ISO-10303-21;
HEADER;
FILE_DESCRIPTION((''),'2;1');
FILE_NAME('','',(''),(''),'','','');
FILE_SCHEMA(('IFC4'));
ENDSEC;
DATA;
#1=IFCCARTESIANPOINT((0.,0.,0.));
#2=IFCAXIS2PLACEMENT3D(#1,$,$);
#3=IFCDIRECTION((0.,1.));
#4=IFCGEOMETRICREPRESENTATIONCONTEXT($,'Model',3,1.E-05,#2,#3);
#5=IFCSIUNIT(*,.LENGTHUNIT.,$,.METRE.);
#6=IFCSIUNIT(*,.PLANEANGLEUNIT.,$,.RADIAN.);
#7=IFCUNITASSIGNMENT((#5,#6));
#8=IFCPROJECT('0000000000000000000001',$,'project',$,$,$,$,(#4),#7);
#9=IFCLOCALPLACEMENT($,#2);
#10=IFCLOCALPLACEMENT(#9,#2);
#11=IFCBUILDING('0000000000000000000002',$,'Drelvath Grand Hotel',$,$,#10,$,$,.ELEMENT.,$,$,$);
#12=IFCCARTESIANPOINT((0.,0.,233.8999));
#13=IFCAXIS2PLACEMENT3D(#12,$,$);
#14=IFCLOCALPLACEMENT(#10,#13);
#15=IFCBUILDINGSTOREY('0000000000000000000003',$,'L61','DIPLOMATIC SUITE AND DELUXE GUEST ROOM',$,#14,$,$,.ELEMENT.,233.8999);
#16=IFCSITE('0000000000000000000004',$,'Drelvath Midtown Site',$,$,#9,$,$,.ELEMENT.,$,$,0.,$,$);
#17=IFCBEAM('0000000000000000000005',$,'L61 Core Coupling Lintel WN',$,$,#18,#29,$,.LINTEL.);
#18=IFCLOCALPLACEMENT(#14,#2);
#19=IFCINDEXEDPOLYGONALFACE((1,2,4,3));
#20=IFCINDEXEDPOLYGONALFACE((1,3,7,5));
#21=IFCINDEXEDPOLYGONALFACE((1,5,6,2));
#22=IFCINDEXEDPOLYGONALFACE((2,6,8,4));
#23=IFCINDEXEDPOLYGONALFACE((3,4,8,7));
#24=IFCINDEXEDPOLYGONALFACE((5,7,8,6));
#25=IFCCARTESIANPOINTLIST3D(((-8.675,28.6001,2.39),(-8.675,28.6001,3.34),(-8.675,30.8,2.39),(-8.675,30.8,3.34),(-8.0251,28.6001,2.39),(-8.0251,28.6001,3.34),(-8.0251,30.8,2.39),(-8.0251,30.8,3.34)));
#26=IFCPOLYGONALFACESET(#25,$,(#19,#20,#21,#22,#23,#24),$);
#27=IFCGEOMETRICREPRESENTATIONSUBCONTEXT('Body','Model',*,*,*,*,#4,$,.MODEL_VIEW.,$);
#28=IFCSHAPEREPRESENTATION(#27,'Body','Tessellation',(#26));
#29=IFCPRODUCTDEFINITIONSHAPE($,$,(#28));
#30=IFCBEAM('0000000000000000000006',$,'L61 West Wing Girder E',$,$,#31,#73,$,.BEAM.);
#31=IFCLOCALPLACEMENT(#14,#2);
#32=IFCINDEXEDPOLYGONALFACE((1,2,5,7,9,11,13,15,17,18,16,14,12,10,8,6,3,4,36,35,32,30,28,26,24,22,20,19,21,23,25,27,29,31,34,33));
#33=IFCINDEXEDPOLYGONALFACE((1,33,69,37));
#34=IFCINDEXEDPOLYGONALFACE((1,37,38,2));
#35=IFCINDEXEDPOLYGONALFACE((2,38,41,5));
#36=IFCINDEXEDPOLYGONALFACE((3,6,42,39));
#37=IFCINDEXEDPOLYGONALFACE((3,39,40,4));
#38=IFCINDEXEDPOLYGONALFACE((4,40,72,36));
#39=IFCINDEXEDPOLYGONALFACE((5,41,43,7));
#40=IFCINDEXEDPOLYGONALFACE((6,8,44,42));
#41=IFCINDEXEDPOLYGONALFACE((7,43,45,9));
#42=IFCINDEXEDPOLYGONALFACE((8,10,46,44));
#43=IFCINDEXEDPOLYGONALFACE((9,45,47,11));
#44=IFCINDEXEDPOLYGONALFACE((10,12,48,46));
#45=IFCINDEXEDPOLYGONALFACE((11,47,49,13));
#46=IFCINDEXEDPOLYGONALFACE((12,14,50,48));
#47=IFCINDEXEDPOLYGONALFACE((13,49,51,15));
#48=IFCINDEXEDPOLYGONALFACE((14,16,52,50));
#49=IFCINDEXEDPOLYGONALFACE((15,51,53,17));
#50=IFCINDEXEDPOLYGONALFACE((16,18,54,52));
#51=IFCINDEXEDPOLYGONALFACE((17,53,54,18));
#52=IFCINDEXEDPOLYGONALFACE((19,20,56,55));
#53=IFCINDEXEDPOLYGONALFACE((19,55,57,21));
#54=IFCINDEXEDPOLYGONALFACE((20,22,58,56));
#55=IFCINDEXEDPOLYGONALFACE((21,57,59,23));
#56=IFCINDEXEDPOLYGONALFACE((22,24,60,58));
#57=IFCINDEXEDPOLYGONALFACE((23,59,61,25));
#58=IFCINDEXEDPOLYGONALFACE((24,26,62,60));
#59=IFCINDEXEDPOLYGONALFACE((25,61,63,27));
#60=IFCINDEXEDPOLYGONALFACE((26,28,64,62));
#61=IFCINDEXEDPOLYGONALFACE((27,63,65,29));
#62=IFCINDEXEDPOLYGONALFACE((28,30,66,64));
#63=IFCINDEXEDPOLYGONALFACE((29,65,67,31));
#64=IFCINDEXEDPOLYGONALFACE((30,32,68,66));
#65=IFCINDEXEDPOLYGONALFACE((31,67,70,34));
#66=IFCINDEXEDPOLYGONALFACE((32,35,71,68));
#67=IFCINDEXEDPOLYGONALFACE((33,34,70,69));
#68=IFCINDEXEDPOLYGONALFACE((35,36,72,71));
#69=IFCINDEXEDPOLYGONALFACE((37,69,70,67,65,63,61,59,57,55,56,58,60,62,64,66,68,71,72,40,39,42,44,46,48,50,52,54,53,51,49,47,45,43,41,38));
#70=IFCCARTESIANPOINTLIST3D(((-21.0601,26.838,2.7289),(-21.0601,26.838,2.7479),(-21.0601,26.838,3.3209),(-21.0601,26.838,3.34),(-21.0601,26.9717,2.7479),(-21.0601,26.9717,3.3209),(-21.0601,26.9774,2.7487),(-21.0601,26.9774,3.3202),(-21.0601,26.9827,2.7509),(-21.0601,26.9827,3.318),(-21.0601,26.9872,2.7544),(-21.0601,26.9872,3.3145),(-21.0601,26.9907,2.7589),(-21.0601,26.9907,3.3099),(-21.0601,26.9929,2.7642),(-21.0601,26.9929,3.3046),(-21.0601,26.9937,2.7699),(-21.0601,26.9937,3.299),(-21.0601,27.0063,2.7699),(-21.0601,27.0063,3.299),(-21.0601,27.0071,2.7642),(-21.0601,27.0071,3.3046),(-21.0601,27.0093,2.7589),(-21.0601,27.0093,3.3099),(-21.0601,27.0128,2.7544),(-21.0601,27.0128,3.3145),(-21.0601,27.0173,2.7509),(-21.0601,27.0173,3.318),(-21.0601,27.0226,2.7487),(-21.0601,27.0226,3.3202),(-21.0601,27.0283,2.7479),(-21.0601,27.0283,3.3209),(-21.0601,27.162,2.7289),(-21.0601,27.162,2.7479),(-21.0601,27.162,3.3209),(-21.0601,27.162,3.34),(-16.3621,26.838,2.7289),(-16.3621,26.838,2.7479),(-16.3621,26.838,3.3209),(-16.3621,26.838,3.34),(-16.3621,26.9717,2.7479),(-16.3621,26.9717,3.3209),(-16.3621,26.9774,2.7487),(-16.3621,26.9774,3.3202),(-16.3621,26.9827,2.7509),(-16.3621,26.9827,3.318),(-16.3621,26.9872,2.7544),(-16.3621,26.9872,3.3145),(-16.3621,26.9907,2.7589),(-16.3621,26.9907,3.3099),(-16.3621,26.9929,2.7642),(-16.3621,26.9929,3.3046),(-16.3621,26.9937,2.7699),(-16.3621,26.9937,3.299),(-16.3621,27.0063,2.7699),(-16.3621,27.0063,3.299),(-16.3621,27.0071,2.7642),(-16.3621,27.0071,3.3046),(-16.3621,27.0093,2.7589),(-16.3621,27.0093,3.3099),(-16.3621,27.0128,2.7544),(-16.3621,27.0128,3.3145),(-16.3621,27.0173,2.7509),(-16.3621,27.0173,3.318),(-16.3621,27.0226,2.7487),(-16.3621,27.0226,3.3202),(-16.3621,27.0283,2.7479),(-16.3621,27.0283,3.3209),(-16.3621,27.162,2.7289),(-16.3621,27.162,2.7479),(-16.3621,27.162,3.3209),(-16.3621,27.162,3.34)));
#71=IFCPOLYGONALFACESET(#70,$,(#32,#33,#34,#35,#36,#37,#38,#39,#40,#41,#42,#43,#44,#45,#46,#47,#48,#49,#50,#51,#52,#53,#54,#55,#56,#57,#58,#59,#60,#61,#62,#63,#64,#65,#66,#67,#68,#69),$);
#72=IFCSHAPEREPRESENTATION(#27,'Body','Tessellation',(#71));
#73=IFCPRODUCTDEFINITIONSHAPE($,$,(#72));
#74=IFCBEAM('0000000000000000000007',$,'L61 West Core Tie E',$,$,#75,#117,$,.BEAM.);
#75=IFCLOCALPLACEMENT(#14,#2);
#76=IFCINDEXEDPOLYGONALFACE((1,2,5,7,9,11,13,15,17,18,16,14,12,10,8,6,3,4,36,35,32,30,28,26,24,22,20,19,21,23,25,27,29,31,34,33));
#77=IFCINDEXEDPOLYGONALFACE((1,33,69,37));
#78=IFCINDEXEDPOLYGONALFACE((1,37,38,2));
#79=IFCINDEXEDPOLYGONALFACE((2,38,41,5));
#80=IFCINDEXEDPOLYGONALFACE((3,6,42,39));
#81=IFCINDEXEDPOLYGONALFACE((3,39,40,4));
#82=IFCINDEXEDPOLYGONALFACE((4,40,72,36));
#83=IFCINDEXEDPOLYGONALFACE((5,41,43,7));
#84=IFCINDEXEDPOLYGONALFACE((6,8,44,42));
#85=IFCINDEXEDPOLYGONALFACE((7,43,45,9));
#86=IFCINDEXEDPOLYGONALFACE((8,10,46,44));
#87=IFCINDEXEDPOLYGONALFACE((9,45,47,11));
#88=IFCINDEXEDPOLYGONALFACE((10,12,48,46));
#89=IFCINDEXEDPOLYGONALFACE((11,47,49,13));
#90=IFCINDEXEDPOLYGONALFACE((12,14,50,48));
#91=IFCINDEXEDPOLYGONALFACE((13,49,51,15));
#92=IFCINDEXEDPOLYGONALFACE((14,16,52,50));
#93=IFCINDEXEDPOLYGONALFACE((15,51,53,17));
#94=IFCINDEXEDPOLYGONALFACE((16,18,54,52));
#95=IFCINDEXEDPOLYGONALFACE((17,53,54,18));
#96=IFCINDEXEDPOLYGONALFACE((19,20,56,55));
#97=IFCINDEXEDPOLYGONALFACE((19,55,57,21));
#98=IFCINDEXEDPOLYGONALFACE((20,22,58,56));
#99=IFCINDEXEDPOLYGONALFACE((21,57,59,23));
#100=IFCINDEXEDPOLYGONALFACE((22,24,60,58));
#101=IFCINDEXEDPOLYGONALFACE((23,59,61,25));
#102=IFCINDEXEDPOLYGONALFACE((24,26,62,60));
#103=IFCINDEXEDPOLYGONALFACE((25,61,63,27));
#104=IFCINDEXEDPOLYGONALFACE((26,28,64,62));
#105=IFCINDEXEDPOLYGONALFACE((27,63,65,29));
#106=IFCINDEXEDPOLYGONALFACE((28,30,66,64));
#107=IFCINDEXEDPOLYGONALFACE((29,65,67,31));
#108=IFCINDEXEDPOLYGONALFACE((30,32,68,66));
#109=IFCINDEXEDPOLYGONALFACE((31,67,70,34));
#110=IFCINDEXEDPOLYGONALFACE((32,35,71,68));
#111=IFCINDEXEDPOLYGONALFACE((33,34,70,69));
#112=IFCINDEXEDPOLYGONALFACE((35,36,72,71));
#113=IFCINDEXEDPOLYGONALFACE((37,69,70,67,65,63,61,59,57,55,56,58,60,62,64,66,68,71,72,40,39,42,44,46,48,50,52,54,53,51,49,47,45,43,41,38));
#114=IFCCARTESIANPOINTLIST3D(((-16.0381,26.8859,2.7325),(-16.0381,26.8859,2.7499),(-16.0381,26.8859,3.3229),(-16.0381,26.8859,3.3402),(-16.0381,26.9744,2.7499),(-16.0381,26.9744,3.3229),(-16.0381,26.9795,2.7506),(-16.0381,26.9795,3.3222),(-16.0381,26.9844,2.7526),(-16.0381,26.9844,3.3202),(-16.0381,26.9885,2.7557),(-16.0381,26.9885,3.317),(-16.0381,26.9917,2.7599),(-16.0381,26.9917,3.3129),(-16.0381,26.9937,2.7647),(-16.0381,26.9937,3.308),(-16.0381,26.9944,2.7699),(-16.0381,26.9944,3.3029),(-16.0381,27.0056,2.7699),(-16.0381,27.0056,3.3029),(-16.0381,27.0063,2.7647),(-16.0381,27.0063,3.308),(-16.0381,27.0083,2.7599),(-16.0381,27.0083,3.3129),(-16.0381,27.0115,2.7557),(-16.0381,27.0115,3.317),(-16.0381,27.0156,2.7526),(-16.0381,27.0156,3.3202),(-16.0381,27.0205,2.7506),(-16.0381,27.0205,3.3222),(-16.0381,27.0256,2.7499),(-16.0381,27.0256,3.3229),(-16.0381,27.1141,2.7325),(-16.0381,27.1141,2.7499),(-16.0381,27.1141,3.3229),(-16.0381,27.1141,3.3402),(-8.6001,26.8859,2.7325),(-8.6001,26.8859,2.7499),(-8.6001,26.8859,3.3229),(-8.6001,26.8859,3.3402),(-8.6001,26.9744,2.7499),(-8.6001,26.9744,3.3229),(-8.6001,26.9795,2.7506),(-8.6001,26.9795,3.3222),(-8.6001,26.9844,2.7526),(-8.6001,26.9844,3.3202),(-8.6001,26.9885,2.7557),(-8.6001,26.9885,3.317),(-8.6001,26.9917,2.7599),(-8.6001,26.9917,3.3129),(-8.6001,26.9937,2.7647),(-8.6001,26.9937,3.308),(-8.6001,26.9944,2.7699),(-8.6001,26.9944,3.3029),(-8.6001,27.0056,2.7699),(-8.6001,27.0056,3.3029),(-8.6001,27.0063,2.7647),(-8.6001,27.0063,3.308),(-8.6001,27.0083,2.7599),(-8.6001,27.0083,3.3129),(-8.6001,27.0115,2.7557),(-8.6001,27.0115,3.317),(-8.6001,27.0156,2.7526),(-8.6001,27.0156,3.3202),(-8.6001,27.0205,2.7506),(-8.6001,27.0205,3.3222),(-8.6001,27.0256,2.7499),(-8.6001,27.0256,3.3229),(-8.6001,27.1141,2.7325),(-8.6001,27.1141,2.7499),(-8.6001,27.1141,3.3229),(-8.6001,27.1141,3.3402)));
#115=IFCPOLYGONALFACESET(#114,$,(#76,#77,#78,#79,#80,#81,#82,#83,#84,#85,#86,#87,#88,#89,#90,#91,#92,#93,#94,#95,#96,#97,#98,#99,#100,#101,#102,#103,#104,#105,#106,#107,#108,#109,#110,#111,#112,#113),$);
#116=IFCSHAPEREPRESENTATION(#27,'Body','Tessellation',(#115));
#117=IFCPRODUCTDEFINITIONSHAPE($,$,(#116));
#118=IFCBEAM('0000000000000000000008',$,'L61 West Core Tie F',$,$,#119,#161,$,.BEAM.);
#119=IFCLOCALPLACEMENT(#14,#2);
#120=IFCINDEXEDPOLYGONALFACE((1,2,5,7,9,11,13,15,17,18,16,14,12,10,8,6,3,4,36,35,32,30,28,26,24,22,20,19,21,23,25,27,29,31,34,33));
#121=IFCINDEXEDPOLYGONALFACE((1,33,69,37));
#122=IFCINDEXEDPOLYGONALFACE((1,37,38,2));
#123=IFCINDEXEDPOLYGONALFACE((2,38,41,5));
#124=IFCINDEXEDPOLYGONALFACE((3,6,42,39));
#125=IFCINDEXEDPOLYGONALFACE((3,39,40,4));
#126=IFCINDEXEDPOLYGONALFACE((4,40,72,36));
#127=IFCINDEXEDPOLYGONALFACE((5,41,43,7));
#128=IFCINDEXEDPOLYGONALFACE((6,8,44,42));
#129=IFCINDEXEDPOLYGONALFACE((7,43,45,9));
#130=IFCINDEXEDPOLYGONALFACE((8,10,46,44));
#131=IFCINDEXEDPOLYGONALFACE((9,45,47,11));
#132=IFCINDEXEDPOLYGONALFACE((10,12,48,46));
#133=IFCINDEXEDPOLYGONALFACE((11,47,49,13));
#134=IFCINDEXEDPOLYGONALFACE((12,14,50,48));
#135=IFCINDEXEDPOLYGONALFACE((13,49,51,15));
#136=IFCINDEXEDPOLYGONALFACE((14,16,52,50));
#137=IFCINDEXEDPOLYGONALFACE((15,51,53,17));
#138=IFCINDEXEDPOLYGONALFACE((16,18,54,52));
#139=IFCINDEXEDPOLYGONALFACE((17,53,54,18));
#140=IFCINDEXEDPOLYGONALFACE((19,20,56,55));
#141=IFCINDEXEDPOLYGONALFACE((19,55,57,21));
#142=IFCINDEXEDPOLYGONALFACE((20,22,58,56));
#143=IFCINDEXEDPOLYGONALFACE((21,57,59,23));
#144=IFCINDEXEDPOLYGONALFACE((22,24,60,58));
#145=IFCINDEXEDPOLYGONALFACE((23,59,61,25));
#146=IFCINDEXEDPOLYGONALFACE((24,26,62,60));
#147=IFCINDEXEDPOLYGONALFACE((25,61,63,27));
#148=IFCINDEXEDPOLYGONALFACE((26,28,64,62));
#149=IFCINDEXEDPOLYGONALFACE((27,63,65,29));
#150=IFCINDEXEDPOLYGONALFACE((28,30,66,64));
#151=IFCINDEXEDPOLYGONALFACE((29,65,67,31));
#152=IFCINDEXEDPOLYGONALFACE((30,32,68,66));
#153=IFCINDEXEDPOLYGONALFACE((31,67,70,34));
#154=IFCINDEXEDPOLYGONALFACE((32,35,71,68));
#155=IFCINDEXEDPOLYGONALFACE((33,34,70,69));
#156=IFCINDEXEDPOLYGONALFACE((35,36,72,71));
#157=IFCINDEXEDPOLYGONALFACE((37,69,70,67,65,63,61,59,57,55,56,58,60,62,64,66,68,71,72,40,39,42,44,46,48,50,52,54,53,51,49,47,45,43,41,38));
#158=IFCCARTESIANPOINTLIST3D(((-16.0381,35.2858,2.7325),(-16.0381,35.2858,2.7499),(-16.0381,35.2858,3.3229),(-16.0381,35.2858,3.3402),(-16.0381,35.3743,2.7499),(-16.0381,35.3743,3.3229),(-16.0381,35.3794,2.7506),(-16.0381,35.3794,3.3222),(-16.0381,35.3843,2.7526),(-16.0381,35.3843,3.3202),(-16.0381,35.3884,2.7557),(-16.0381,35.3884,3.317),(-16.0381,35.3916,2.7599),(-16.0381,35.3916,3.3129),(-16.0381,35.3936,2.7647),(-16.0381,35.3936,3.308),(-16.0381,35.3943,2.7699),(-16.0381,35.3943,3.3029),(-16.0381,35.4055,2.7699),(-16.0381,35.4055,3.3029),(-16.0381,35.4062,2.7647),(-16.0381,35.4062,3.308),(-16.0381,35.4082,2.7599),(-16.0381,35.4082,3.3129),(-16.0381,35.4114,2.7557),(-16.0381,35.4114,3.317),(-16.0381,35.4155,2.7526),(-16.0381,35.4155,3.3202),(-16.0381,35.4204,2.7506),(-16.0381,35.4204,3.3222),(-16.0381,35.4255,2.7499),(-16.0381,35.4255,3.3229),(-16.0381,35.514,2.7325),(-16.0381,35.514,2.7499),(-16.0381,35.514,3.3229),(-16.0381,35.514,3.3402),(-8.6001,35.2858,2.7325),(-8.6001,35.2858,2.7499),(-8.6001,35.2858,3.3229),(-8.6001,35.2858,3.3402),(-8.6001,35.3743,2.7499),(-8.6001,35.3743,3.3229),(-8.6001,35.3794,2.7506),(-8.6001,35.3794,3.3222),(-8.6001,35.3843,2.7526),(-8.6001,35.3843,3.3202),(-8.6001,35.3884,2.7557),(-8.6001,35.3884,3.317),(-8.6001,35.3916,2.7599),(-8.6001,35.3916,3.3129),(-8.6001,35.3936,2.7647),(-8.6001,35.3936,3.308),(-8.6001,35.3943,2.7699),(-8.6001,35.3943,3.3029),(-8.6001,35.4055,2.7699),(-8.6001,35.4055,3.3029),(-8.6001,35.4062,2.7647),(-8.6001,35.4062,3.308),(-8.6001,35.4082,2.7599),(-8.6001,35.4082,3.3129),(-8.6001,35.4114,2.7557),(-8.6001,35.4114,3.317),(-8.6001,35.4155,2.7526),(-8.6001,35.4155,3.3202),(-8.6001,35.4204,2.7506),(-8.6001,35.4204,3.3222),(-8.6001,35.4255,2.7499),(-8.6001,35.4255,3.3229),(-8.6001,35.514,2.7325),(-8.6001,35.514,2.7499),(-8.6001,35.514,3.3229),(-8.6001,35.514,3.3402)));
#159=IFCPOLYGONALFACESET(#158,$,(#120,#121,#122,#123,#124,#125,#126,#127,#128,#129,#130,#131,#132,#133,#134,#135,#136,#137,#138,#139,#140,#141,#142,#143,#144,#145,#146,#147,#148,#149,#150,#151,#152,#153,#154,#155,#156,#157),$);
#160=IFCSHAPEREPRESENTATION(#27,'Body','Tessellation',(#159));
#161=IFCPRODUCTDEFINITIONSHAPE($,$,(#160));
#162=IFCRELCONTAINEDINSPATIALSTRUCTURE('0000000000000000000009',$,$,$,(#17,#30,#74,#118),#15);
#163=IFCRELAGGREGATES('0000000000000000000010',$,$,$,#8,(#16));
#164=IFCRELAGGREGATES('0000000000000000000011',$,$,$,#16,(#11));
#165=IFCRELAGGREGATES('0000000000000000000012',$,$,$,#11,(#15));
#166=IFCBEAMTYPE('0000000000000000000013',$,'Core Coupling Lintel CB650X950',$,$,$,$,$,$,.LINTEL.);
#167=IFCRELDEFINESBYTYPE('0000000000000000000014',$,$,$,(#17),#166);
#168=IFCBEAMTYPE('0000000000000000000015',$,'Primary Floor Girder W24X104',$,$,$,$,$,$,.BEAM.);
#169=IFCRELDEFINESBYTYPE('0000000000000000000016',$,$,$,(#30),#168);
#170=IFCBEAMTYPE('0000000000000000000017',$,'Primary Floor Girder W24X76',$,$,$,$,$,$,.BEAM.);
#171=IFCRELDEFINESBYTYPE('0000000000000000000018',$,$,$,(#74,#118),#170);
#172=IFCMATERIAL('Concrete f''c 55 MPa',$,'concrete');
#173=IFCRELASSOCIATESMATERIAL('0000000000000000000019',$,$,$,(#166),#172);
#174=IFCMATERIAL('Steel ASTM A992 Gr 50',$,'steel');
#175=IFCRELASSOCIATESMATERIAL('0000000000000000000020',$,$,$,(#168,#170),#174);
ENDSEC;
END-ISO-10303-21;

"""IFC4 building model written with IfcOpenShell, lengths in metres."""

from ifc_helpers import new_model, si_unit, direction, frame, origin, origin_2d, place, context, subcontext, project, spatial, rectangle, i_section, extrude, material, material_profile, profile_set, type_object, element, save


model = new_model("IFC4")

# Units and contexts
model_context = context("Model", 3, precision=1e-05, world=origin(), true_north=direction((0.0, 1.0)))
body_context = subcontext(model_context, "Body", "Model", "MODEL_VIEW")
ifc_project = project(units=[si_unit("LENGTHUNIT", "METRE"), si_unit("PLANEANGLEUNIT", "RADIAN")], contexts=[model_context])

# Site, building, storey
site_placement = place(None, origin())
site = spatial("IfcSite", under=ifc_project, at=site_placement, Name="Drelvath Midtown Site", CompositionType="ELEMENT", RefElevation=0.0)
building_placement = place(site_placement, origin())
building = spatial("IfcBuilding", under=site, at=building_placement, Name="Drelvath Grand Hotel", CompositionType="ELEMENT")
storey_placement = place(building_placement, frame((0.0, 0.0, 233.8999)))
storey = spatial("IfcBuildingStorey", under=building, at=storey_placement, Name="L61", Description="DIPLOMATIC SUITE AND DELUXE GUEST ROOM", CompositionType="ELEMENT", Elevation=233.8999)

# Beams
ifc_material_1 = material(Name="Concrete f'c 55 MPa", Category="concrete")
ifc_material_profile_1 = material_profile(ifc_material_1, rectangle(XDim=0.6499, YDim=0.95, at=origin_2d()), Name="CB650X950")
ifc_profile_set_1 = profile_set([ifc_material_profile_1], Name="Concrete f'c 55 MPa")
beam_type_1 = type_object("IfcBeamType", Name="Core Coupling Lintel CB650X950", PredefinedType="LINTEL", material=ifc_profile_set_1)
beam_1_placement = place(storey_placement, frame((-8.3501, 28.6001, 2.865), z_axis=(0.0, 1.0, 0.0), x_axis=(-1.0, 0.0, 0.0)))
element("IfcBeam", 1, at=beam_1_placement, inside=storey, type_object=beam_type_1, Name="L61 Core Coupling Lintel WN", PredefinedType="LINTEL", context=body_context, shape_type="SweptSolid", body=[
    extrude(rectangle(XDim=0.6499, YDim=0.95, at=origin_2d()), origin(), (0.0, 0.0, 1.0), 2.2),
])
ifc_material_2 = material(Name="Steel ASTM A992 Gr 50", Category="steel")
ifc_material_profile_2 = material_profile(ifc_material_2, i_section(OverallWidth=0.324, OverallDepth=0.6111, WebThickness=0.0127, FlangeThickness=0.019, FilletRadius=0.022, at=origin_2d()), Name="W24X104")
ifc_profile_set_2 = profile_set([ifc_material_profile_2], Name="Steel ASTM A992 Gr 50")
beam_type_2 = type_object("IfcBeamType", Name="Primary Floor Girder W24X104", PredefinedType="BEAM", material=ifc_profile_set_2)
beam_2_placement = place(storey_placement, frame((-21.0601, 27.0, 3.0344), z_axis=(1.0, 0.0, 0.0), x_axis=(0.0, 1.0, 0.0)))
element("IfcBeam", 2, at=beam_2_placement, inside=storey, type_object=beam_type_2, Name="L61 West Wing Girder E", PredefinedType="BEAM", context=body_context, shape_type="SweptSolid", body=[
    extrude(i_section(OverallWidth=0.324, OverallDepth=0.6111, WebThickness=0.0127, FlangeThickness=0.019, FilletRadius=0.022, at=origin_2d()), origin(), (0.0, 0.0, 1.0), 4.698),
])
ifc_material_profile_3 = material_profile(ifc_material_2, i_section(OverallWidth=0.2283, OverallDepth=0.6077, WebThickness=0.0112, FlangeThickness=0.0173, FilletRadius=0.02, at=origin_2d()), Name="W24X76")
ifc_profile_set_3 = profile_set([ifc_material_profile_3], Name="Steel ASTM A992 Gr 50")
beam_type_3 = type_object("IfcBeamType", Name="Primary Floor Girder W24X76", PredefinedType="BEAM", material=ifc_profile_set_3)
for number, where, z_axis, x_axis, name in (
    (3, (-16.0381, 27.0, 3.0364), (1.0, 0.0, 0.0), (0.0, 1.0, 0.0), "L61 West Core Tie E"),
    (4, (-16.0381, 35.3999, 3.0364), (1.0, 0.0, 0.0), (0.0, 1.0, 0.0), "L61 West Core Tie F"),
):
    element("IfcBeam", number, at=place(storey_placement, frame(where, z_axis=z_axis, x_axis=x_axis)), inside=storey, type_object=beam_type_3, Name=name, PredefinedType="BEAM", context=body_context, shape_type="SweptSolid", body=[
        extrude(i_section(OverallWidth=0.2283, OverallDepth=0.6077, WebThickness=0.0112, FlangeThickness=0.0173, FilletRadius=0.02, at=origin_2d()), origin(), (0.0, 0.0, 1.0), 7.438),
    ])

save(model, "model.ifc")
